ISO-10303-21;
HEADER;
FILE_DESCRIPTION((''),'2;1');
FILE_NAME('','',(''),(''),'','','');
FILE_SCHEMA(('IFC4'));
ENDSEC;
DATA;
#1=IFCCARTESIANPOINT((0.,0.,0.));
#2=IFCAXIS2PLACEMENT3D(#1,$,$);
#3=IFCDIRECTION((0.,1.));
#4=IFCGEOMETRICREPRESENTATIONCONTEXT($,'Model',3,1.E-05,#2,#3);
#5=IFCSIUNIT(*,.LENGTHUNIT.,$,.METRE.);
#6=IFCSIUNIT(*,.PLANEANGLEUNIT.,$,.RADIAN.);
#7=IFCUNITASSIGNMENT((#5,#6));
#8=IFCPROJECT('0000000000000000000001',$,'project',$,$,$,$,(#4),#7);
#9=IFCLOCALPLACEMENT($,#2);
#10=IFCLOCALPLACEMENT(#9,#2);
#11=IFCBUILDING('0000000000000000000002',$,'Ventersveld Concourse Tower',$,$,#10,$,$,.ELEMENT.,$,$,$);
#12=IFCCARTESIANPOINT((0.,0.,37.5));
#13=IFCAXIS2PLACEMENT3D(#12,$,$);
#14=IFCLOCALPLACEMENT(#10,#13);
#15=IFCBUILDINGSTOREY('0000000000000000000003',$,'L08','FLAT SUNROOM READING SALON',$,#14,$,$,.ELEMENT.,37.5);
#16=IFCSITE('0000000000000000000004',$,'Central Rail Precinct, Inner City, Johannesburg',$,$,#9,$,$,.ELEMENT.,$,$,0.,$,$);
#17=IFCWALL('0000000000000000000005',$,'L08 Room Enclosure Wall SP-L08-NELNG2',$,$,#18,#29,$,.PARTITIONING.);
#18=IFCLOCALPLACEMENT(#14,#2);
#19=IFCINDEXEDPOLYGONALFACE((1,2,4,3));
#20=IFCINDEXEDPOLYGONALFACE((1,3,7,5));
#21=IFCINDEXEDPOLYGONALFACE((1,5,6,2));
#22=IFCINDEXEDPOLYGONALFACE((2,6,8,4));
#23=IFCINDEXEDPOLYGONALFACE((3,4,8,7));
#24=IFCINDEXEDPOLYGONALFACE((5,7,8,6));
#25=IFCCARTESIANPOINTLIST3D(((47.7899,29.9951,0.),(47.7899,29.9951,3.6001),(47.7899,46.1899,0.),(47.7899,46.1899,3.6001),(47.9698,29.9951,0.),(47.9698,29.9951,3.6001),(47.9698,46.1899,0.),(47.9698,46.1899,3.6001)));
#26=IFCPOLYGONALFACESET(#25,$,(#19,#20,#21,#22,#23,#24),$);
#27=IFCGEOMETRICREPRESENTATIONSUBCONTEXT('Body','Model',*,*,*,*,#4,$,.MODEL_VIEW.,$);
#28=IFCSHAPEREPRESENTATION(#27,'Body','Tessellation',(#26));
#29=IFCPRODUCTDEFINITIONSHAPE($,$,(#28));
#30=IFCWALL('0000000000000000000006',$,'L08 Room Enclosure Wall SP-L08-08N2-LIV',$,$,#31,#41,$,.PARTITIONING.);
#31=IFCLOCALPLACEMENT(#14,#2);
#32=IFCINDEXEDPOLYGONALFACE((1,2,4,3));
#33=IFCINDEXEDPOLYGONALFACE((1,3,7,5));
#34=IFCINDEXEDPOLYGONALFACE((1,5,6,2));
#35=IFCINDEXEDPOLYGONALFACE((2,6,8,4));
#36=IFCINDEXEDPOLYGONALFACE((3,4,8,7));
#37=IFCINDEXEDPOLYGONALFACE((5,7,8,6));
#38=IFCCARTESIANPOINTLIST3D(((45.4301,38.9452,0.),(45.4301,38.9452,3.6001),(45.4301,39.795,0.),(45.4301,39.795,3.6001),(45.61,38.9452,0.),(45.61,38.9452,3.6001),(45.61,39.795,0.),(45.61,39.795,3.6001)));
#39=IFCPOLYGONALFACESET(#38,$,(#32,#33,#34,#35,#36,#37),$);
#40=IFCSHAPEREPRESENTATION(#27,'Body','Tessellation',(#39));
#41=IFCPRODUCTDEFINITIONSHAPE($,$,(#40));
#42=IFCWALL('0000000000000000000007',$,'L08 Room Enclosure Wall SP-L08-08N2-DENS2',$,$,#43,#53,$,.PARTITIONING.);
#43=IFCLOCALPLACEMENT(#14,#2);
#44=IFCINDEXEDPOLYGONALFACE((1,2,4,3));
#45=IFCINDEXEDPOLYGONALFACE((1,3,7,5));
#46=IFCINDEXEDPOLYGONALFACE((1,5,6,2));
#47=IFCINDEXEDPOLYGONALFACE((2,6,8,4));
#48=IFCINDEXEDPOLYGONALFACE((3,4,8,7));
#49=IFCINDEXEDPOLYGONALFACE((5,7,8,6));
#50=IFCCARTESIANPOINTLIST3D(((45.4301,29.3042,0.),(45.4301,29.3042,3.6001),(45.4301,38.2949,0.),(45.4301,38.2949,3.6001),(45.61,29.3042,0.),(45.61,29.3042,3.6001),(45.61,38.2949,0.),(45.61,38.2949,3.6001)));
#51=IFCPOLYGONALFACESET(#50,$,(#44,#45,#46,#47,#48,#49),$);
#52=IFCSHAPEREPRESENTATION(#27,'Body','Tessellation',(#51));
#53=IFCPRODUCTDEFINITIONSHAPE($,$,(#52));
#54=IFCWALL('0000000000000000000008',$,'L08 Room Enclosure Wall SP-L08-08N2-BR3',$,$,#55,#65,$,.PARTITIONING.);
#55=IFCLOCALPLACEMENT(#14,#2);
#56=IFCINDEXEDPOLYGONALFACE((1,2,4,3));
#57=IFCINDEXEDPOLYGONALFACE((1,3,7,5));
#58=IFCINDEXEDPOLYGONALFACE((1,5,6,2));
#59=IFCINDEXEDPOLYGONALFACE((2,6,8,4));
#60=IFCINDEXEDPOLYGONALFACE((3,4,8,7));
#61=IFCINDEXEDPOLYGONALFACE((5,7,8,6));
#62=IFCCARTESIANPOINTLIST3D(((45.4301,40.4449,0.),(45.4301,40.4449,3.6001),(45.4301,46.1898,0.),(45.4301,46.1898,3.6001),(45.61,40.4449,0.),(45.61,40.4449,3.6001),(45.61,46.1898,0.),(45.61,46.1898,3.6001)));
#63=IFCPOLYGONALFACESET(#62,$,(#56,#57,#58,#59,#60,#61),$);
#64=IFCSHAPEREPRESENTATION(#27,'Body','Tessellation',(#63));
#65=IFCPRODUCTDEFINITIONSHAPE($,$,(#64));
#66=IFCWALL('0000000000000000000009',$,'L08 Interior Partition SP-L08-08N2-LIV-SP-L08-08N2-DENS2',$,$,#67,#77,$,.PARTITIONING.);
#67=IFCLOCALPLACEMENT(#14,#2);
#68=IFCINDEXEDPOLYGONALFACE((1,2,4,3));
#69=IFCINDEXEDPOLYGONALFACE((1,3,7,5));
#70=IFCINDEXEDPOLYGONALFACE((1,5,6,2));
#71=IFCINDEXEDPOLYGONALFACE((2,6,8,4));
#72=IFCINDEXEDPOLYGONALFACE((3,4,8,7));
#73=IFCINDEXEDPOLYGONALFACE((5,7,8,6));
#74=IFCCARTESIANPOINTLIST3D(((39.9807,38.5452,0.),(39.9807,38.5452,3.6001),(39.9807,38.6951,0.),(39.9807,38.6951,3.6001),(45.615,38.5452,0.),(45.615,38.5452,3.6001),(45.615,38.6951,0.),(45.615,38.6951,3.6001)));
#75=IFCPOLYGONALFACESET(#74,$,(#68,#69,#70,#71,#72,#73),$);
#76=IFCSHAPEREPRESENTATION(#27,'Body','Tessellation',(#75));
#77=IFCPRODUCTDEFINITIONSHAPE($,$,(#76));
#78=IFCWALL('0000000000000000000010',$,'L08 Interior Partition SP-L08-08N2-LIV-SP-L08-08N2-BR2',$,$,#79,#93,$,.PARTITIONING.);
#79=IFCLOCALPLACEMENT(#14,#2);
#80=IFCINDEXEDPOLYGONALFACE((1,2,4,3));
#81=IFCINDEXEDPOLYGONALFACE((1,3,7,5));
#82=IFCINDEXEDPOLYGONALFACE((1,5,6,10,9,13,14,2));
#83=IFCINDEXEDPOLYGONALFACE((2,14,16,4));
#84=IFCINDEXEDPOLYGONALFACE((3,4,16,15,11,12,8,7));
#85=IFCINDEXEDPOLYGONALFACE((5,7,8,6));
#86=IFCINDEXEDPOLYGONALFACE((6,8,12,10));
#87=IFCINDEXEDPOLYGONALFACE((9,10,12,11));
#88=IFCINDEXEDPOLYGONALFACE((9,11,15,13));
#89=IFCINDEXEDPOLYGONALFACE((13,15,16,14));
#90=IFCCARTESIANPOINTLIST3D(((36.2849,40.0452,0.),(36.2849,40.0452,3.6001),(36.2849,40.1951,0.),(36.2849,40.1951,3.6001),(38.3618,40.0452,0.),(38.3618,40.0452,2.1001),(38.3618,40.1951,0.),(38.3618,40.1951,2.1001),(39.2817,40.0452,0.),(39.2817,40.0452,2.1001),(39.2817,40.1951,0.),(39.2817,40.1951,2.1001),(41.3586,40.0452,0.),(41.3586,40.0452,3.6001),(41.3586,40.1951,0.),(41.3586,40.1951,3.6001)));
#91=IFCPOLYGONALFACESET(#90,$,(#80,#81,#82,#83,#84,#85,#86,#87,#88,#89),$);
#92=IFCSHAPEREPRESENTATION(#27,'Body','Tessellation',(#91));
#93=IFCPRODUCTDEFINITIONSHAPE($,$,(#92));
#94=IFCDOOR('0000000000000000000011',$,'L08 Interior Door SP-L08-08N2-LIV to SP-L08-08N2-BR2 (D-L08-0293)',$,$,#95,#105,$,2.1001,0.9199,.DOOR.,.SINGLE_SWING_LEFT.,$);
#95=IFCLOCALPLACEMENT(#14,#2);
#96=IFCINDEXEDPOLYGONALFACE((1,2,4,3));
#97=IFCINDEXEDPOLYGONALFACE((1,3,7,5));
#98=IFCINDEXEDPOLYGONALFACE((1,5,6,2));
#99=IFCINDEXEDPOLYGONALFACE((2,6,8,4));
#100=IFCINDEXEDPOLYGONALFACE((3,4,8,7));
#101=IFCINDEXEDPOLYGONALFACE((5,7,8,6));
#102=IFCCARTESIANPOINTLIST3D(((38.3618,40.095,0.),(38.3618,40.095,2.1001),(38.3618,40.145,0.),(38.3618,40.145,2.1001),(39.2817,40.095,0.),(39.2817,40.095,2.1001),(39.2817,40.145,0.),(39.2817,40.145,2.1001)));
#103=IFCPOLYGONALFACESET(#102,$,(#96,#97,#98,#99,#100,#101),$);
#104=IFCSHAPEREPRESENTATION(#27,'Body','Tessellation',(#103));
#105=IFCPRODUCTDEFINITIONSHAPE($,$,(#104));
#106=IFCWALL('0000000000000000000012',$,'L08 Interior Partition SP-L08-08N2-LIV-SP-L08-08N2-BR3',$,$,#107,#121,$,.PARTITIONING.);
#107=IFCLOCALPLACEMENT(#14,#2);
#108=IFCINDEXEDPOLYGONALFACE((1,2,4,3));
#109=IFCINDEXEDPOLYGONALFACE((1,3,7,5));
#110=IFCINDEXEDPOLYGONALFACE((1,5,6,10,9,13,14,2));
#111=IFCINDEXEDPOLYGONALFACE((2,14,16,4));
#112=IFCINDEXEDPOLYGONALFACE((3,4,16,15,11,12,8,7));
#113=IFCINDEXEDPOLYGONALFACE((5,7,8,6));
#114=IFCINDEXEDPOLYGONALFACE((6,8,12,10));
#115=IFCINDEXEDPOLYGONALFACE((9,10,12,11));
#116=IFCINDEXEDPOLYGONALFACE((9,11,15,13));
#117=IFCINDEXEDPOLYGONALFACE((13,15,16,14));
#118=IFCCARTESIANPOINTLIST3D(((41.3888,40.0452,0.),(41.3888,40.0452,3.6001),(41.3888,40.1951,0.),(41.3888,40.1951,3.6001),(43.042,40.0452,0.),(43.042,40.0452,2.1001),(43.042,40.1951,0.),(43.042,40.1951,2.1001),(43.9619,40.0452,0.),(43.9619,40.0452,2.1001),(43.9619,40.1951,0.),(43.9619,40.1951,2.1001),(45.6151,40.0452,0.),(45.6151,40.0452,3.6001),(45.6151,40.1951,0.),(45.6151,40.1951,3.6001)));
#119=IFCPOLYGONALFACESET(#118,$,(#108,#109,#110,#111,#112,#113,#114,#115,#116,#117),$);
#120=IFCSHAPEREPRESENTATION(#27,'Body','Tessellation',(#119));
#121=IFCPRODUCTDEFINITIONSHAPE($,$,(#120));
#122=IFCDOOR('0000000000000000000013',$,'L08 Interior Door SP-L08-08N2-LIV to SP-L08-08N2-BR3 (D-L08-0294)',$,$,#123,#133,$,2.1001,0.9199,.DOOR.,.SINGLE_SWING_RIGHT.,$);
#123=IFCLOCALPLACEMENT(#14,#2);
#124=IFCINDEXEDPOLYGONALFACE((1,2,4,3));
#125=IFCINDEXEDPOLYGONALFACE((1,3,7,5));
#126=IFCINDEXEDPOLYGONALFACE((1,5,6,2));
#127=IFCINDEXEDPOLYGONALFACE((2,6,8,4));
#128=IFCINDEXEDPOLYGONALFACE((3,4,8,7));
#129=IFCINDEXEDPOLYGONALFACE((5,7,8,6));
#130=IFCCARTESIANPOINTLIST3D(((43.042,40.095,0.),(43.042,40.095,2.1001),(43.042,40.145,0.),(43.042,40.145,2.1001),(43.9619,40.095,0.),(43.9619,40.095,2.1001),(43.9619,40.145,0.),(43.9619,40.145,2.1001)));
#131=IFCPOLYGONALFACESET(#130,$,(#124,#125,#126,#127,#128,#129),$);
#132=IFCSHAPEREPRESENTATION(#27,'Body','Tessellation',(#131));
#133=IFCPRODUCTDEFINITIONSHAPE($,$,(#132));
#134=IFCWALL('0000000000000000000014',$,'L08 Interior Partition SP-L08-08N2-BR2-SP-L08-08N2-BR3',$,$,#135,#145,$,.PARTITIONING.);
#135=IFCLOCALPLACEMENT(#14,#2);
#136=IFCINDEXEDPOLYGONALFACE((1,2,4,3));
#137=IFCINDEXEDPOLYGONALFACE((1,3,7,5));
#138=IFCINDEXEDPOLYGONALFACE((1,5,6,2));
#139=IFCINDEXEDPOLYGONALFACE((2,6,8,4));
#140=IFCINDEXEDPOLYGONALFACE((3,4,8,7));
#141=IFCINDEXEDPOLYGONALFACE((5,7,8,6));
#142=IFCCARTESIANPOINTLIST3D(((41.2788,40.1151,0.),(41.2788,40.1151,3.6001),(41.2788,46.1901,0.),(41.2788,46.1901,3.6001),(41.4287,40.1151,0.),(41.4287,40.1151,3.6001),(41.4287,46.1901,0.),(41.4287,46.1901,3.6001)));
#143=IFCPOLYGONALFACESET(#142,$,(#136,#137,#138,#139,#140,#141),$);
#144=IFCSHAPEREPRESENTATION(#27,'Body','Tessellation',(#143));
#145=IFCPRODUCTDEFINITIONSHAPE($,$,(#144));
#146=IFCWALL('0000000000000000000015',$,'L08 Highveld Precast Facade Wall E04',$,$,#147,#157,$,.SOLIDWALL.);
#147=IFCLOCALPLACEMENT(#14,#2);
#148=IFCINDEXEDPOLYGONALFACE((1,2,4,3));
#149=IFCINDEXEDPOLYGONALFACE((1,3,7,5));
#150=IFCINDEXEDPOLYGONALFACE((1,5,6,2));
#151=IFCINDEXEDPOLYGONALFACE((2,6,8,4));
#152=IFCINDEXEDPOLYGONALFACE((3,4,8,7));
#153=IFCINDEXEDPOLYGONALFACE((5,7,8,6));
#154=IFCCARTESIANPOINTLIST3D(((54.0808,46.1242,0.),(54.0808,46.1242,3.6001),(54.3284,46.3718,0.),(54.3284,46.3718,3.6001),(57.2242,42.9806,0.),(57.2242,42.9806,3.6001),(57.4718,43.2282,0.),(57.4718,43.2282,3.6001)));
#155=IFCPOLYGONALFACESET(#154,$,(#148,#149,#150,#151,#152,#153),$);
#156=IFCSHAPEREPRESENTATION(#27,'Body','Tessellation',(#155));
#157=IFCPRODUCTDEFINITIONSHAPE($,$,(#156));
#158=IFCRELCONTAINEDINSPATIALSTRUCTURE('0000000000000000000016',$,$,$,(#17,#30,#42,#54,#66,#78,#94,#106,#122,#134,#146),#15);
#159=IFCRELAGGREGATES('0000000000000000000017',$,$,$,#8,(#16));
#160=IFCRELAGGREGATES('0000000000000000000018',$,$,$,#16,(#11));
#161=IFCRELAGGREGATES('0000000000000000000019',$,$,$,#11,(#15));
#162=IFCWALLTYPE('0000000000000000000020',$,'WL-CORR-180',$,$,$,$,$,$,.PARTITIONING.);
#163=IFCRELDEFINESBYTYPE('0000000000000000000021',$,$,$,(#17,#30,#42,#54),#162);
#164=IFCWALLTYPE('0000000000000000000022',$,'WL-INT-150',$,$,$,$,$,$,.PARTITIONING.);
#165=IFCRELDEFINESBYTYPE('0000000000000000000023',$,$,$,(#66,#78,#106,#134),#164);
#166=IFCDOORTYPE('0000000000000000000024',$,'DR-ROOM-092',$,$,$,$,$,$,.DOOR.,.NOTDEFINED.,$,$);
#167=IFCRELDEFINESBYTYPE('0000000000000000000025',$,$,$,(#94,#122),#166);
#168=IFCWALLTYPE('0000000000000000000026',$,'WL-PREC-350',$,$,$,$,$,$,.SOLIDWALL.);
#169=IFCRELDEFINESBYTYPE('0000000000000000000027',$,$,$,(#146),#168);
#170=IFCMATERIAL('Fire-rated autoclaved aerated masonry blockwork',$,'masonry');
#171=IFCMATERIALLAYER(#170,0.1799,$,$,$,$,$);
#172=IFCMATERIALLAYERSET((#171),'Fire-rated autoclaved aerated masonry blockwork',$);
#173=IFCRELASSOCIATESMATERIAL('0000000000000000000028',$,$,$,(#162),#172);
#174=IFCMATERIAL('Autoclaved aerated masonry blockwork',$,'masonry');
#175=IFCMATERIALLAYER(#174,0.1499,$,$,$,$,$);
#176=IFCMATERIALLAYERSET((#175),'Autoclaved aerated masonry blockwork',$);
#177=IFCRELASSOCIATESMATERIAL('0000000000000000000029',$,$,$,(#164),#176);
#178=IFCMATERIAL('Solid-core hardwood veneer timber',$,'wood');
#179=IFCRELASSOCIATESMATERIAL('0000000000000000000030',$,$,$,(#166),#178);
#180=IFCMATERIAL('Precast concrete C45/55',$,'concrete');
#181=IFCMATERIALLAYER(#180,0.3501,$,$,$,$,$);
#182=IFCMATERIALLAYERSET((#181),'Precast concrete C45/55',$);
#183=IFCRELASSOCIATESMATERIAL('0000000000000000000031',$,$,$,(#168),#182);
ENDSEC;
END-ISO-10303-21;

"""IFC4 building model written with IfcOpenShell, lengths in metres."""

from ifc_helpers import new_model, si_unit, direction, frame, frame_2d, origin, place, context, subcontext, project, spatial, rectangle, extrude, material, layer, layer_set, type_object, element, fill, save


model = new_model("IFC4")

# Units and contexts
model_context = context("Model", 3, precision=1e-05, world=origin(), true_north=direction((0.0, 1.0)))
body_context = subcontext(model_context, "Body", "Model", "MODEL_VIEW")
ifc_project = project(units=[si_unit("LENGTHUNIT", "METRE"), si_unit("PLANEANGLEUNIT", "RADIAN")], contexts=[model_context])

# Site, building, storey
site_placement = place(None, origin())
site = spatial("IfcSite", under=ifc_project, at=site_placement, Name="Central Rail Precinct, Inner City, Johannesburg", CompositionType="ELEMENT", RefElevation=0.0)
building_placement = place(site_placement, origin())
building = spatial("IfcBuilding", under=site, at=building_placement, Name="Ventersveld Concourse Tower", CompositionType="ELEMENT")
storey_placement = place(building_placement, frame((0.0, 0.0, 37.5)))
storey = spatial("IfcBuildingStorey", under=building, at=storey_placement, Name="L08", Description="FLAT SUNROOM READING SALON", CompositionType="ELEMENT", Elevation=37.5)

# Walls
ifc_material_1 = material(Name="Fire-rated autoclaved aerated masonry blockwork", Category="masonry")
ifc_layer_1 = layer(ifc_material_1, 0.1799)
ifc_layer_set_1 = layer_set([ifc_layer_1], Name="Fire-rated autoclaved aerated masonry blockwork")
wall_type_1 = type_object("IfcWallType", Name="WL-CORR-180", PredefinedType="PARTITIONING", material=ifc_layer_set_1)
wall_1_placement = place(storey_placement, frame((47.8799, 29.9951, 0.0), z_axis=(0.0, 0.0, 1.0), x_axis=(0.0, 1.0, 0.0)))
element("IfcWall", 1, at=wall_1_placement, inside=storey, type_object=wall_type_1, Name="L08 Room Enclosure Wall SP-L08-NELNG2", PredefinedType="PARTITIONING", context=body_context, shape_type="SweptSolid", body=[
    extrude(rectangle(XDim=16.1948, YDim=0.1799, at=frame_2d((8.0974, 0.0))), origin(), (0.0, 0.0, 1.0), 3.6001),
])
wall_2_placement = place(storey_placement, frame((45.52, 39.7949, 0.0), z_axis=(0.0, 0.0, 1.0), x_axis=(0.0, -1.0, 0.0)))
element("IfcWall", 2, at=wall_2_placement, inside=storey, type_object=wall_type_1, Name="L08 Room Enclosure Wall SP-L08-08N2-LIV", PredefinedType="PARTITIONING", context=body_context, shape_type="SweptSolid", body=[
    extrude(rectangle(XDim=0.8499, YDim=0.1799, at=frame_2d((0.4248, 0.0))), origin(), (0.0, 0.0, 1.0), 3.6001),
])
wall_3_placement = place(storey_placement, frame((45.52, 38.2949, 0.0), z_axis=(0.0, 0.0, 1.0), x_axis=(0.0, -1.0, 0.0)))
element("IfcWall", 3, at=wall_3_placement, inside=storey, type_object=wall_type_1, Name="L08 Room Enclosure Wall SP-L08-08N2-DENS2", PredefinedType="PARTITIONING", context=body_context, shape_type="SweptSolid", body=[
    extrude(rectangle(XDim=8.9907, YDim=0.1799, at=frame_2d((4.4954, 0.0))), origin(), (0.0, 0.0, 1.0), 3.6001),
])
wall_4_placement = place(storey_placement, frame((45.52, 46.1899, 0.0), z_axis=(0.0, 0.0, 1.0), x_axis=(0.0, -1.0, 0.0)))
element("IfcWall", 4, at=wall_4_placement, inside=storey, type_object=wall_type_1, Name="L08 Room Enclosure Wall SP-L08-08N2-BR3", PredefinedType="PARTITIONING", context=body_context, shape_type="SweptSolid", body=[
    extrude(rectangle(XDim=5.7449, YDim=0.1799, at=frame_2d((2.8726, 0.0))), origin(), (0.0, 0.0, 1.0), 3.6001),
])
ifc_material_2 = material(Name="Autoclaved aerated masonry blockwork", Category="masonry")
ifc_layer_2 = layer(ifc_material_2, 0.1499)
ifc_layer_set_2 = layer_set([ifc_layer_2], Name="Autoclaved aerated masonry blockwork")
wall_type_2 = type_object("IfcWallType", Name="WL-INT-150", PredefinedType="PARTITIONING", material=ifc_layer_set_2)
wall_5_placement = place(storey_placement, frame((39.9807, 38.6201, 0.0), z_axis=(0.0, 0.0, 1.0), x_axis=(1.0, 0.0, 0.0)))
element("IfcWall", 5, at=wall_5_placement, inside=storey, type_object=wall_type_2, Name="L08 Interior Partition SP-L08-08N2-LIV-SP-L08-08N2-DENS2", PredefinedType="PARTITIONING", context=body_context, shape_type="SweptSolid", body=[
    extrude(rectangle(XDim=5.6343, YDim=0.1499, at=frame_2d((2.8171, 0.0))), origin(), (0.0, 0.0, 1.0), 3.6001),
])

# Walls, openings, doors
wall_6_placement = place(storey_placement, frame((36.2849, 40.1201, 0.0), z_axis=(0.0, 0.0, 1.0), x_axis=(1.0, 0.0, 0.0)))
wall_6 = element("IfcWall", 6, at=wall_6_placement, inside=storey, type_object=wall_type_2, Name="L08 Interior Partition SP-L08-08N2-LIV-SP-L08-08N2-BR2", PredefinedType="PARTITIONING", context=body_context, shape_type="SweptSolid", body=[
    extrude(rectangle(XDim=5.0737, YDim=0.1499, at=frame_2d((2.5369, 0.0))), origin(), (0.0, 0.0, 1.0), 3.6001),
])
opening_1_placement = place(wall_6_placement, frame((2.0769, 0.0, 0.0)))
opening_1 = element("IfcOpeningElement", 7, at=opening_1_placement, cuts=wall_6, PredefinedType="OPENING", context=body_context, shape_type="SweptSolid", body=[
    extrude(rectangle(XDim=0.9199, YDim=2.1001, at=frame_2d((0.46, 1.05))), frame((0.0, 0.085, 0.0), z_axis=(0.0, -1.0, 0.0), x_axis=(1.0, 0.0, 0.0)), (0.0, 0.0, 1.0), 0.1699),
])
ifc_material_3 = material(Name="Solid-core hardwood veneer timber", Category="wood")
door_type = type_object("IfcDoorType", Name="DR-ROOM-092", OperationType="NOTDEFINED", PredefinedType="DOOR", material=ifc_material_3)
door_1_placement = place(opening_1_placement, origin())
door_1 = element("IfcDoor", 8, at=door_1_placement, inside=storey, type_object=door_type, Name="L08 Interior Door SP-L08-08N2-LIV to SP-L08-08N2-BR2 (D-L08-0293)", OperationType="SINGLE_SWING_LEFT", OverallHeight=2.1001, OverallWidth=0.9199, PredefinedType="DOOR", context=body_context, shape_type="SweptSolid", body=[
    extrude(rectangle(XDim=0.9199, YDim=2.1001, at=frame_2d((0.46, 1.05))), frame((0.0, 0.0249, 0.0), z_axis=(0.0, -1.0, 0.0), x_axis=(1.0, 0.0, 0.0)), (0.0, 0.0, 1.0), 0.05),
])
fill(opening_1, door_1)
wall_7_placement = place(storey_placement, frame((41.3887, 40.1201, 0.0), z_axis=(0.0, 0.0, 1.0), x_axis=(1.0, 0.0, 0.0)))
wall_7 = element("IfcWall", 9, at=wall_7_placement, inside=storey, type_object=wall_type_2, Name="L08 Interior Partition SP-L08-08N2-LIV-SP-L08-08N2-BR3", PredefinedType="PARTITIONING", context=body_context, shape_type="SweptSolid", body=[
    extrude(rectangle(XDim=4.2263, YDim=0.1499, at=frame_2d((2.1133, 0.0))), origin(), (0.0, 0.0, 1.0), 3.6001),
])
opening_2_placement = place(wall_7_placement, frame((1.6533, 0.0, 0.0)))
opening_2 = element("IfcOpeningElement", 10, at=opening_2_placement, cuts=wall_7, PredefinedType="OPENING", context=body_context, shape_type="SweptSolid", body=[
    extrude(rectangle(XDim=0.9199, YDim=2.1001, at=frame_2d((0.46, 1.05))), frame((0.0, 0.085, 0.0), z_axis=(0.0, -1.0, 0.0), x_axis=(1.0, 0.0, 0.0)), (0.0, 0.0, 1.0), 0.1699),
])
door_2_placement = place(opening_2_placement, origin())
door_2 = element("IfcDoor", 11, at=door_2_placement, inside=storey, type_object=door_type, Name="L08 Interior Door SP-L08-08N2-LIV to SP-L08-08N2-BR3 (D-L08-0294)", OperationType="SINGLE_SWING_RIGHT", OverallHeight=2.1001, OverallWidth=0.9199, PredefinedType="DOOR", context=body_context, shape_type="SweptSolid", body=[
    extrude(rectangle(XDim=0.9199, YDim=2.1001, at=frame_2d((0.46, 1.05))), frame((0.0, 0.0249, 0.0), z_axis=(0.0, -1.0, 0.0), x_axis=(1.0, 0.0, 0.0)), (0.0, 0.0, 1.0), 0.05),
])
fill(opening_2, door_2)

# Walls
wall_8_placement = place(storey_placement, frame((41.3538, 40.115, 0.0), z_axis=(0.0, 0.0, 1.0), x_axis=(0.0, 1.0, 0.0)))
element("IfcWall", 12, at=wall_8_placement, inside=storey, type_object=wall_type_2, Name="L08 Interior Partition SP-L08-08N2-BR2-SP-L08-08N2-BR3", PredefinedType="PARTITIONING", context=body_context, shape_type="SweptSolid", body=[
    extrude(rectangle(XDim=6.075, YDim=0.1499, at=frame_2d((3.0376, 0.0))), origin(), (0.0, 0.0, 1.0), 3.6001),
])
ifc_material_4 = material(Name="Precast concrete C45/55", Category="concrete")
ifc_layer_3 = layer(ifc_material_4, 0.3501)
ifc_layer_set_3 = layer_set([ifc_layer_3], Name="Precast concrete C45/55")
wall_type_3 = type_object("IfcWallType", Name="WL-PREC-350", PredefinedType="SOLIDWALL", material=ifc_layer_set_3)
wall_9_placement = place(storey_placement, frame((57.3479, 43.1045, 0.0), z_axis=(0.0, 0.0, 1.0), x_axis=(-0.707079, 0.707134, 0.0)))
element("IfcWall", 13, at=wall_9_placement, inside=storey, type_object=wall_type_3, Name="L08 Highveld Precast Facade Wall E04", PredefinedType="SOLIDWALL", context=body_context, shape_type="SweptSolid", body=[
    extrude(rectangle(XDim=4.4456, YDim=0.3501, at=frame_2d((2.2227, 0.0))), origin(), (0.0, 0.0, 1.0), 3.6001),
])

save(model, "model.ifc")
